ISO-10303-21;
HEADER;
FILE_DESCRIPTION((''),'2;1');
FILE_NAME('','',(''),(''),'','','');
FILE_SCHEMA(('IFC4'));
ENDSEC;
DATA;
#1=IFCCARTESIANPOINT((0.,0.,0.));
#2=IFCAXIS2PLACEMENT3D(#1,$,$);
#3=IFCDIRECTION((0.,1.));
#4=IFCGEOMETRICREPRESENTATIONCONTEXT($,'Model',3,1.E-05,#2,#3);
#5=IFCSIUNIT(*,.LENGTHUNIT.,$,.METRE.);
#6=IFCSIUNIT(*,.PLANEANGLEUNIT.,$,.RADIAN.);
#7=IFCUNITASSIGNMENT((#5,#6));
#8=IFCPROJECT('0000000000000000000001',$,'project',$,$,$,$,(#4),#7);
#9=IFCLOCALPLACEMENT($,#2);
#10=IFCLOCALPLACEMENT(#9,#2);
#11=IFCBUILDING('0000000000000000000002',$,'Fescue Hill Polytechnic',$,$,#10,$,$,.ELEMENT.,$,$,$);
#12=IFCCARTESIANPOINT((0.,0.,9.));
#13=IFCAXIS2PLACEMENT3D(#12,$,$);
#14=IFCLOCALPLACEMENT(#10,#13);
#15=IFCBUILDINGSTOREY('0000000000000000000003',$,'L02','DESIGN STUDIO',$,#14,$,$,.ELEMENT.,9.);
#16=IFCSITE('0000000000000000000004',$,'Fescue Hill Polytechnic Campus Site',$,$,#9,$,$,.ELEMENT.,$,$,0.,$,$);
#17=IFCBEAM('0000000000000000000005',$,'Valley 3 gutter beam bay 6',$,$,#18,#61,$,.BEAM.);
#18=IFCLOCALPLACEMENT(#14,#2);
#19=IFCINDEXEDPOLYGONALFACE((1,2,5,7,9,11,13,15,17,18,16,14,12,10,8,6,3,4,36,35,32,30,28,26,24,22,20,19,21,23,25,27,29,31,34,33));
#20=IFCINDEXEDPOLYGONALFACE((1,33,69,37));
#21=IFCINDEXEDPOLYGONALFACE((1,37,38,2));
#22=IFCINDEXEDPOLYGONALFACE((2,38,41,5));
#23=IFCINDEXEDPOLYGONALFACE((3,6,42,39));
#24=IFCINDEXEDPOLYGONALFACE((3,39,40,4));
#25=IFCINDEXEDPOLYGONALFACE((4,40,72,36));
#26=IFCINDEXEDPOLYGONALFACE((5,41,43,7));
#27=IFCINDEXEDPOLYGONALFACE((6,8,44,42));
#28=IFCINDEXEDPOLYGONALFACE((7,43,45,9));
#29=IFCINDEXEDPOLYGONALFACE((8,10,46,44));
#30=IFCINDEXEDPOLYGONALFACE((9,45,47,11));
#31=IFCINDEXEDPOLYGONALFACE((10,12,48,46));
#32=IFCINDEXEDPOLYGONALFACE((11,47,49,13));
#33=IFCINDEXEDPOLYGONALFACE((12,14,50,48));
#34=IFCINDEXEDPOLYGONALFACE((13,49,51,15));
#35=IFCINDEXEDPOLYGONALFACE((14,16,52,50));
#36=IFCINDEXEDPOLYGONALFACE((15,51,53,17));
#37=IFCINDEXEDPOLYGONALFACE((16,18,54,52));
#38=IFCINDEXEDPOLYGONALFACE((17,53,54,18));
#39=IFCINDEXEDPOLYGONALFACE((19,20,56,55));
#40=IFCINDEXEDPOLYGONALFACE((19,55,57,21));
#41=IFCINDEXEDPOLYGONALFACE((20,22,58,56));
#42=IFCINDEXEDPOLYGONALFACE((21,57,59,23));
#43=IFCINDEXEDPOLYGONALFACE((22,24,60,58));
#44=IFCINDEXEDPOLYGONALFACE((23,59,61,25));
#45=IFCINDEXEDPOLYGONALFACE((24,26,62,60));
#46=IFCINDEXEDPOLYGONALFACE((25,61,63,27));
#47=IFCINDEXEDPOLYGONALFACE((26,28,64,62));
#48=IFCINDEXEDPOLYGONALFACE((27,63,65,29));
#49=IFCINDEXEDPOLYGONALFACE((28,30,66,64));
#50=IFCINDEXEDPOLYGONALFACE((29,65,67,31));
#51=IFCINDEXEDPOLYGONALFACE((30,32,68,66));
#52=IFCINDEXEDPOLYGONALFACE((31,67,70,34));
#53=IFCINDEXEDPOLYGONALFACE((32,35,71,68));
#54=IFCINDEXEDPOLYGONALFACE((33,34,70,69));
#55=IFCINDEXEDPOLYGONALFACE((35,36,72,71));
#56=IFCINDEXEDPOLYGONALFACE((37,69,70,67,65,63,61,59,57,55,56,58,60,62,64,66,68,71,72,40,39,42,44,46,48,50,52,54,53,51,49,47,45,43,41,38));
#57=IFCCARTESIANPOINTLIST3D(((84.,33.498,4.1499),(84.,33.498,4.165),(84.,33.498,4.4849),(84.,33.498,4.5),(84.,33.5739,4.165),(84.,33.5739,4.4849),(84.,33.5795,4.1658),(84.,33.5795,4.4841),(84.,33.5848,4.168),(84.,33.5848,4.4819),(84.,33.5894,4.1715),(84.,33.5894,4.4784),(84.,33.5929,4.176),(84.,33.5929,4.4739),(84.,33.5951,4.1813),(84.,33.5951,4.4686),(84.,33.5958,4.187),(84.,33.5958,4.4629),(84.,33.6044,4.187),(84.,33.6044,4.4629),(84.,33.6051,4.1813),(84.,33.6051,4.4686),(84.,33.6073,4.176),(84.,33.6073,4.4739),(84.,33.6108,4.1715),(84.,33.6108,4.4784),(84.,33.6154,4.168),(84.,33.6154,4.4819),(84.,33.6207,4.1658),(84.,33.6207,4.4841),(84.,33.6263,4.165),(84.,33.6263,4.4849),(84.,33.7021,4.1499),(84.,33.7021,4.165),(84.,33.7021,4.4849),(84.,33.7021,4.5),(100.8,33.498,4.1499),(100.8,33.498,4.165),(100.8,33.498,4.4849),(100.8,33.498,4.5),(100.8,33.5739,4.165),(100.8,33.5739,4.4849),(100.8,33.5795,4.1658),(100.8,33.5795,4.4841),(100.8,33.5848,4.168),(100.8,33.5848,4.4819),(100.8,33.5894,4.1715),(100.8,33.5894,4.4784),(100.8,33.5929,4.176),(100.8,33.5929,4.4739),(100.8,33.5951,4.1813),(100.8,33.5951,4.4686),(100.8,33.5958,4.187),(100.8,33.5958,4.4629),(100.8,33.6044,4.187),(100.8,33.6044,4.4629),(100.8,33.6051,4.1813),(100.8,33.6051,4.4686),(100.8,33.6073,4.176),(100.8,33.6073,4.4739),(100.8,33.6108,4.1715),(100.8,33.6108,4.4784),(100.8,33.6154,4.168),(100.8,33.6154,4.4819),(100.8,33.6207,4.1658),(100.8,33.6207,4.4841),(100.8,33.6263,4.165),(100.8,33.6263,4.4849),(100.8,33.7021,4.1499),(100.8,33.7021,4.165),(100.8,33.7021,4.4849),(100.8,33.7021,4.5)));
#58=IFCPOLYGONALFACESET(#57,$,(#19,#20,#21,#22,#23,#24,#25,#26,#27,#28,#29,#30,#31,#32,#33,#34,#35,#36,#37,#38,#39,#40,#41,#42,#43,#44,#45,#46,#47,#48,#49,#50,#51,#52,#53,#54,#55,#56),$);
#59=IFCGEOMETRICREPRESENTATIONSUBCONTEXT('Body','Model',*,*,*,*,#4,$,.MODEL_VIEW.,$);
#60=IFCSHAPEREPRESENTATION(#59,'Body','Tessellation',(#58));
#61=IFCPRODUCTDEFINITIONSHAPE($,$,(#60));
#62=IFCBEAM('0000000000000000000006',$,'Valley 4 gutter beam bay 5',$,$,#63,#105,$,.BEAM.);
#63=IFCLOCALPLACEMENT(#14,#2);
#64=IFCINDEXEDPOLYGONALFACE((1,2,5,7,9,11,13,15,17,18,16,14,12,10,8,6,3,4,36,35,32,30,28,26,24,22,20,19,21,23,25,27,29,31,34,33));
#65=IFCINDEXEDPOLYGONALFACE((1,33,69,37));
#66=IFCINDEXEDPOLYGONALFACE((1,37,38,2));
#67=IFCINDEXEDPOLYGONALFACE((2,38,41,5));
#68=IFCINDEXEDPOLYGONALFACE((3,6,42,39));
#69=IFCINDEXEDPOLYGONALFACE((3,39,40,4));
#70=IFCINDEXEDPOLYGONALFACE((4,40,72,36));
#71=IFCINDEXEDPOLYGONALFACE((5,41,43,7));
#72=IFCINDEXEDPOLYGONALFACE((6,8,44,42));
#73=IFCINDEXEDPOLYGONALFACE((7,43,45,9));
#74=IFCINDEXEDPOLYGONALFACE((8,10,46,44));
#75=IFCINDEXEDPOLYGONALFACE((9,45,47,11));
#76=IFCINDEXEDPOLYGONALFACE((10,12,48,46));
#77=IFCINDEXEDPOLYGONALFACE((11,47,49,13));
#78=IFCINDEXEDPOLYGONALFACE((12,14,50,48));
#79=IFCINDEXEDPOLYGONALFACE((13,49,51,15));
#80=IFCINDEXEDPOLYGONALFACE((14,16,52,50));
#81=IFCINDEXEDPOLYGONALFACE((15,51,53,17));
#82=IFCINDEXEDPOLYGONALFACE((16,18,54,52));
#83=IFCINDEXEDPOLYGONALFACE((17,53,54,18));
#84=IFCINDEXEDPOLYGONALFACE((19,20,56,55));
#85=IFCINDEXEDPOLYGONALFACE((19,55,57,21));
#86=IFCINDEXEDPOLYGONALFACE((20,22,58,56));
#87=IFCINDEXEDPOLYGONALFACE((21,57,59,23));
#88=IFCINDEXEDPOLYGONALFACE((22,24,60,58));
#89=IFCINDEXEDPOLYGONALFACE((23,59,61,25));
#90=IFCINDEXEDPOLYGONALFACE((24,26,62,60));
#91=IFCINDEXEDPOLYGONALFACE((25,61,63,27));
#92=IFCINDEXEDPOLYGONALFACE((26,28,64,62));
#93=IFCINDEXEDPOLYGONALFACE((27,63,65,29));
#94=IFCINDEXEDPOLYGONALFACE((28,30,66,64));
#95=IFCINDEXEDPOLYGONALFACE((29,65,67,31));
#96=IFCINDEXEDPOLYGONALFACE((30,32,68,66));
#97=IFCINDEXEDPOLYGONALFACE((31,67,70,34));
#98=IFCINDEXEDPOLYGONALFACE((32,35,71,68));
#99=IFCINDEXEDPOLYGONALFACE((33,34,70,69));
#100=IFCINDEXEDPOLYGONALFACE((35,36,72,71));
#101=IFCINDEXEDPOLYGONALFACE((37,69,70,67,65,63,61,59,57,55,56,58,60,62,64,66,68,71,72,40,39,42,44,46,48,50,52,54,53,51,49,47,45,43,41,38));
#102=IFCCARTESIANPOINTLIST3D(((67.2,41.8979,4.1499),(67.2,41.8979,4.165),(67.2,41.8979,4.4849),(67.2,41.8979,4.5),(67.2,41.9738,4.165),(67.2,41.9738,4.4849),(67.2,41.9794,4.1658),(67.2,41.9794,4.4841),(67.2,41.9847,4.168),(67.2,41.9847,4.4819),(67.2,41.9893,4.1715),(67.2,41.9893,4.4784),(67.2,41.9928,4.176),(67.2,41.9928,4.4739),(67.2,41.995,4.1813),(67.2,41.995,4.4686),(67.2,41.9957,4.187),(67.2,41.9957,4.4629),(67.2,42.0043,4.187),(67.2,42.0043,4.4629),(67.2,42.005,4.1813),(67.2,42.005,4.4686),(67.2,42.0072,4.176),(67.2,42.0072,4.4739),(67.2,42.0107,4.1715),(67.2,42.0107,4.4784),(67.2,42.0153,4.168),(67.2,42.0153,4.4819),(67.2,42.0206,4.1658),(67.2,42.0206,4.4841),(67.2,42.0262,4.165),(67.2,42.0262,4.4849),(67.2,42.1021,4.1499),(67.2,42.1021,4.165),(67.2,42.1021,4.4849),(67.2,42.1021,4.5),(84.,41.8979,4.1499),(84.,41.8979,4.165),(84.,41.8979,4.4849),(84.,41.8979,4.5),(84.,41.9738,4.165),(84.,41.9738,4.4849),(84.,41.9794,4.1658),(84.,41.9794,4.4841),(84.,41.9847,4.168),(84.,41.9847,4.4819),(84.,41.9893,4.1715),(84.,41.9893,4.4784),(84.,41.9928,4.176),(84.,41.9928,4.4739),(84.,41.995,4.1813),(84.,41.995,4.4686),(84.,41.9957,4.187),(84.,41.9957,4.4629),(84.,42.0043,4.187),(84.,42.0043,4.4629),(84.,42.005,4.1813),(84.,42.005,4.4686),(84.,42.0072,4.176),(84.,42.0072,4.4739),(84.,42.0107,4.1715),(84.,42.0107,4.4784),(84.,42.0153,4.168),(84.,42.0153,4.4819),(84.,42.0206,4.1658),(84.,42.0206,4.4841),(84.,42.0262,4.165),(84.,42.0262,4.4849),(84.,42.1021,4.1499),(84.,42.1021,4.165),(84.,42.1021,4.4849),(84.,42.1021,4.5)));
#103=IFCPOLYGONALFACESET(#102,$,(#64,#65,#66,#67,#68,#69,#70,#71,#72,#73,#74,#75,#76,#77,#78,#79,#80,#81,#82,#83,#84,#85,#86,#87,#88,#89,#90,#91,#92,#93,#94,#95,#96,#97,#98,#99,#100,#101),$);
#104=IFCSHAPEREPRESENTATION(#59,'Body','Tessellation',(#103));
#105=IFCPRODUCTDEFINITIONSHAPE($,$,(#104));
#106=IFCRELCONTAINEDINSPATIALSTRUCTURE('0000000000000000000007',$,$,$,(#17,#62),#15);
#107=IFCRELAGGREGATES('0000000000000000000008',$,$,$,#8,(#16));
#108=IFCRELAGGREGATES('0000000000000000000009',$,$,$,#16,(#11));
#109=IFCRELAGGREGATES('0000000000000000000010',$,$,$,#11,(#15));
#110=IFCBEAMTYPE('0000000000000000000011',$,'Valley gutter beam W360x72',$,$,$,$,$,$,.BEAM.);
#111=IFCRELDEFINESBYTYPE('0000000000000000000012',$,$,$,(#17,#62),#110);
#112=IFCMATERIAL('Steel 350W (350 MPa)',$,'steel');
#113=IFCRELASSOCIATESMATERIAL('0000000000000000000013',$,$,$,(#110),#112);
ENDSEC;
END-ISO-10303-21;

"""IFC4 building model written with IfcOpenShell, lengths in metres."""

from ifc_helpers import new_model, si_unit, direction, frame, origin, origin_2d, place, context, subcontext, project, spatial, i_section, extrude, material, material_profile, profile_set, type_object, element, save


model = new_model("IFC4")

# Units and contexts
model_context = context("Model", 3, precision=1e-05, world=origin(), true_north=direction((0.0, 1.0)))
body_context = subcontext(model_context, "Body", "Model", "MODEL_VIEW")
ifc_project = project(units=[si_unit("LENGTHUNIT", "METRE"), si_unit("PLANEANGLEUNIT", "RADIAN")], contexts=[model_context])

# Site, building, storey
site_placement = place(None, origin())
site = spatial("IfcSite", under=ifc_project, at=site_placement, Name="Fescue Hill Polytechnic Campus Site", CompositionType="ELEMENT", RefElevation=0.0)
building_placement = place(site_placement, origin())
building = spatial("IfcBuilding", under=site, at=building_placement, Name="Fescue Hill Polytechnic", CompositionType="ELEMENT")
storey_placement = place(building_placement, frame((0.0, 0.0, 9.0)))
storey = spatial("IfcBuildingStorey", under=building, at=storey_placement, Name="L02", Description="DESIGN STUDIO", CompositionType="ELEMENT", Elevation=9.0)

# Shared definitions
ifc_material = material(Name="Steel 350W (350 MPa)", Category="steel")

# Beams
ifc_material_profile_1 = material_profile(ifc_material, i_section(OverallWidth=0.2041, OverallDepth=0.3501, WebThickness=0.0085, FlangeThickness=0.0151, FilletRadius=0.022, at=origin_2d()), Name="W360x72")
ifc_profile_set_1 = profile_set([ifc_material_profile_1], Name="Steel 350W (350 MPa)")
beam_type = type_object("IfcBeamType", Name="Valley gutter beam W360x72", PredefinedType="BEAM", material=ifc_profile_set_1)
for number, where, z_axis, x_axis, name in (
    (1, (84.0, 33.6001, 4.325), (1.0, 0.0, 0.0), (0.0, 1.0, 0.0), "Valley 3 gutter beam bay 6"),
    (2, (67.2, 42.0, 4.325), (1.0, 0.0, 0.0), (0.0, 1.0, 0.0), "Valley 4 gutter beam bay 5"),
):
    element("IfcBeam", number, at=place(storey_placement, frame(where, z_axis=z_axis, x_axis=x_axis)), inside=storey, type_object=beam_type, Name=name, PredefinedType="BEAM", context=body_context, shape_type="SweptSolid", body=[
        extrude(i_section(OverallWidth=0.2041, OverallDepth=0.3501, WebThickness=0.0085, FlangeThickness=0.0151, FilletRadius=0.022, at=origin_2d()), origin(), (0.0, 0.0, 1.0), 16.8),
    ])

save(model, "model.ifc")
